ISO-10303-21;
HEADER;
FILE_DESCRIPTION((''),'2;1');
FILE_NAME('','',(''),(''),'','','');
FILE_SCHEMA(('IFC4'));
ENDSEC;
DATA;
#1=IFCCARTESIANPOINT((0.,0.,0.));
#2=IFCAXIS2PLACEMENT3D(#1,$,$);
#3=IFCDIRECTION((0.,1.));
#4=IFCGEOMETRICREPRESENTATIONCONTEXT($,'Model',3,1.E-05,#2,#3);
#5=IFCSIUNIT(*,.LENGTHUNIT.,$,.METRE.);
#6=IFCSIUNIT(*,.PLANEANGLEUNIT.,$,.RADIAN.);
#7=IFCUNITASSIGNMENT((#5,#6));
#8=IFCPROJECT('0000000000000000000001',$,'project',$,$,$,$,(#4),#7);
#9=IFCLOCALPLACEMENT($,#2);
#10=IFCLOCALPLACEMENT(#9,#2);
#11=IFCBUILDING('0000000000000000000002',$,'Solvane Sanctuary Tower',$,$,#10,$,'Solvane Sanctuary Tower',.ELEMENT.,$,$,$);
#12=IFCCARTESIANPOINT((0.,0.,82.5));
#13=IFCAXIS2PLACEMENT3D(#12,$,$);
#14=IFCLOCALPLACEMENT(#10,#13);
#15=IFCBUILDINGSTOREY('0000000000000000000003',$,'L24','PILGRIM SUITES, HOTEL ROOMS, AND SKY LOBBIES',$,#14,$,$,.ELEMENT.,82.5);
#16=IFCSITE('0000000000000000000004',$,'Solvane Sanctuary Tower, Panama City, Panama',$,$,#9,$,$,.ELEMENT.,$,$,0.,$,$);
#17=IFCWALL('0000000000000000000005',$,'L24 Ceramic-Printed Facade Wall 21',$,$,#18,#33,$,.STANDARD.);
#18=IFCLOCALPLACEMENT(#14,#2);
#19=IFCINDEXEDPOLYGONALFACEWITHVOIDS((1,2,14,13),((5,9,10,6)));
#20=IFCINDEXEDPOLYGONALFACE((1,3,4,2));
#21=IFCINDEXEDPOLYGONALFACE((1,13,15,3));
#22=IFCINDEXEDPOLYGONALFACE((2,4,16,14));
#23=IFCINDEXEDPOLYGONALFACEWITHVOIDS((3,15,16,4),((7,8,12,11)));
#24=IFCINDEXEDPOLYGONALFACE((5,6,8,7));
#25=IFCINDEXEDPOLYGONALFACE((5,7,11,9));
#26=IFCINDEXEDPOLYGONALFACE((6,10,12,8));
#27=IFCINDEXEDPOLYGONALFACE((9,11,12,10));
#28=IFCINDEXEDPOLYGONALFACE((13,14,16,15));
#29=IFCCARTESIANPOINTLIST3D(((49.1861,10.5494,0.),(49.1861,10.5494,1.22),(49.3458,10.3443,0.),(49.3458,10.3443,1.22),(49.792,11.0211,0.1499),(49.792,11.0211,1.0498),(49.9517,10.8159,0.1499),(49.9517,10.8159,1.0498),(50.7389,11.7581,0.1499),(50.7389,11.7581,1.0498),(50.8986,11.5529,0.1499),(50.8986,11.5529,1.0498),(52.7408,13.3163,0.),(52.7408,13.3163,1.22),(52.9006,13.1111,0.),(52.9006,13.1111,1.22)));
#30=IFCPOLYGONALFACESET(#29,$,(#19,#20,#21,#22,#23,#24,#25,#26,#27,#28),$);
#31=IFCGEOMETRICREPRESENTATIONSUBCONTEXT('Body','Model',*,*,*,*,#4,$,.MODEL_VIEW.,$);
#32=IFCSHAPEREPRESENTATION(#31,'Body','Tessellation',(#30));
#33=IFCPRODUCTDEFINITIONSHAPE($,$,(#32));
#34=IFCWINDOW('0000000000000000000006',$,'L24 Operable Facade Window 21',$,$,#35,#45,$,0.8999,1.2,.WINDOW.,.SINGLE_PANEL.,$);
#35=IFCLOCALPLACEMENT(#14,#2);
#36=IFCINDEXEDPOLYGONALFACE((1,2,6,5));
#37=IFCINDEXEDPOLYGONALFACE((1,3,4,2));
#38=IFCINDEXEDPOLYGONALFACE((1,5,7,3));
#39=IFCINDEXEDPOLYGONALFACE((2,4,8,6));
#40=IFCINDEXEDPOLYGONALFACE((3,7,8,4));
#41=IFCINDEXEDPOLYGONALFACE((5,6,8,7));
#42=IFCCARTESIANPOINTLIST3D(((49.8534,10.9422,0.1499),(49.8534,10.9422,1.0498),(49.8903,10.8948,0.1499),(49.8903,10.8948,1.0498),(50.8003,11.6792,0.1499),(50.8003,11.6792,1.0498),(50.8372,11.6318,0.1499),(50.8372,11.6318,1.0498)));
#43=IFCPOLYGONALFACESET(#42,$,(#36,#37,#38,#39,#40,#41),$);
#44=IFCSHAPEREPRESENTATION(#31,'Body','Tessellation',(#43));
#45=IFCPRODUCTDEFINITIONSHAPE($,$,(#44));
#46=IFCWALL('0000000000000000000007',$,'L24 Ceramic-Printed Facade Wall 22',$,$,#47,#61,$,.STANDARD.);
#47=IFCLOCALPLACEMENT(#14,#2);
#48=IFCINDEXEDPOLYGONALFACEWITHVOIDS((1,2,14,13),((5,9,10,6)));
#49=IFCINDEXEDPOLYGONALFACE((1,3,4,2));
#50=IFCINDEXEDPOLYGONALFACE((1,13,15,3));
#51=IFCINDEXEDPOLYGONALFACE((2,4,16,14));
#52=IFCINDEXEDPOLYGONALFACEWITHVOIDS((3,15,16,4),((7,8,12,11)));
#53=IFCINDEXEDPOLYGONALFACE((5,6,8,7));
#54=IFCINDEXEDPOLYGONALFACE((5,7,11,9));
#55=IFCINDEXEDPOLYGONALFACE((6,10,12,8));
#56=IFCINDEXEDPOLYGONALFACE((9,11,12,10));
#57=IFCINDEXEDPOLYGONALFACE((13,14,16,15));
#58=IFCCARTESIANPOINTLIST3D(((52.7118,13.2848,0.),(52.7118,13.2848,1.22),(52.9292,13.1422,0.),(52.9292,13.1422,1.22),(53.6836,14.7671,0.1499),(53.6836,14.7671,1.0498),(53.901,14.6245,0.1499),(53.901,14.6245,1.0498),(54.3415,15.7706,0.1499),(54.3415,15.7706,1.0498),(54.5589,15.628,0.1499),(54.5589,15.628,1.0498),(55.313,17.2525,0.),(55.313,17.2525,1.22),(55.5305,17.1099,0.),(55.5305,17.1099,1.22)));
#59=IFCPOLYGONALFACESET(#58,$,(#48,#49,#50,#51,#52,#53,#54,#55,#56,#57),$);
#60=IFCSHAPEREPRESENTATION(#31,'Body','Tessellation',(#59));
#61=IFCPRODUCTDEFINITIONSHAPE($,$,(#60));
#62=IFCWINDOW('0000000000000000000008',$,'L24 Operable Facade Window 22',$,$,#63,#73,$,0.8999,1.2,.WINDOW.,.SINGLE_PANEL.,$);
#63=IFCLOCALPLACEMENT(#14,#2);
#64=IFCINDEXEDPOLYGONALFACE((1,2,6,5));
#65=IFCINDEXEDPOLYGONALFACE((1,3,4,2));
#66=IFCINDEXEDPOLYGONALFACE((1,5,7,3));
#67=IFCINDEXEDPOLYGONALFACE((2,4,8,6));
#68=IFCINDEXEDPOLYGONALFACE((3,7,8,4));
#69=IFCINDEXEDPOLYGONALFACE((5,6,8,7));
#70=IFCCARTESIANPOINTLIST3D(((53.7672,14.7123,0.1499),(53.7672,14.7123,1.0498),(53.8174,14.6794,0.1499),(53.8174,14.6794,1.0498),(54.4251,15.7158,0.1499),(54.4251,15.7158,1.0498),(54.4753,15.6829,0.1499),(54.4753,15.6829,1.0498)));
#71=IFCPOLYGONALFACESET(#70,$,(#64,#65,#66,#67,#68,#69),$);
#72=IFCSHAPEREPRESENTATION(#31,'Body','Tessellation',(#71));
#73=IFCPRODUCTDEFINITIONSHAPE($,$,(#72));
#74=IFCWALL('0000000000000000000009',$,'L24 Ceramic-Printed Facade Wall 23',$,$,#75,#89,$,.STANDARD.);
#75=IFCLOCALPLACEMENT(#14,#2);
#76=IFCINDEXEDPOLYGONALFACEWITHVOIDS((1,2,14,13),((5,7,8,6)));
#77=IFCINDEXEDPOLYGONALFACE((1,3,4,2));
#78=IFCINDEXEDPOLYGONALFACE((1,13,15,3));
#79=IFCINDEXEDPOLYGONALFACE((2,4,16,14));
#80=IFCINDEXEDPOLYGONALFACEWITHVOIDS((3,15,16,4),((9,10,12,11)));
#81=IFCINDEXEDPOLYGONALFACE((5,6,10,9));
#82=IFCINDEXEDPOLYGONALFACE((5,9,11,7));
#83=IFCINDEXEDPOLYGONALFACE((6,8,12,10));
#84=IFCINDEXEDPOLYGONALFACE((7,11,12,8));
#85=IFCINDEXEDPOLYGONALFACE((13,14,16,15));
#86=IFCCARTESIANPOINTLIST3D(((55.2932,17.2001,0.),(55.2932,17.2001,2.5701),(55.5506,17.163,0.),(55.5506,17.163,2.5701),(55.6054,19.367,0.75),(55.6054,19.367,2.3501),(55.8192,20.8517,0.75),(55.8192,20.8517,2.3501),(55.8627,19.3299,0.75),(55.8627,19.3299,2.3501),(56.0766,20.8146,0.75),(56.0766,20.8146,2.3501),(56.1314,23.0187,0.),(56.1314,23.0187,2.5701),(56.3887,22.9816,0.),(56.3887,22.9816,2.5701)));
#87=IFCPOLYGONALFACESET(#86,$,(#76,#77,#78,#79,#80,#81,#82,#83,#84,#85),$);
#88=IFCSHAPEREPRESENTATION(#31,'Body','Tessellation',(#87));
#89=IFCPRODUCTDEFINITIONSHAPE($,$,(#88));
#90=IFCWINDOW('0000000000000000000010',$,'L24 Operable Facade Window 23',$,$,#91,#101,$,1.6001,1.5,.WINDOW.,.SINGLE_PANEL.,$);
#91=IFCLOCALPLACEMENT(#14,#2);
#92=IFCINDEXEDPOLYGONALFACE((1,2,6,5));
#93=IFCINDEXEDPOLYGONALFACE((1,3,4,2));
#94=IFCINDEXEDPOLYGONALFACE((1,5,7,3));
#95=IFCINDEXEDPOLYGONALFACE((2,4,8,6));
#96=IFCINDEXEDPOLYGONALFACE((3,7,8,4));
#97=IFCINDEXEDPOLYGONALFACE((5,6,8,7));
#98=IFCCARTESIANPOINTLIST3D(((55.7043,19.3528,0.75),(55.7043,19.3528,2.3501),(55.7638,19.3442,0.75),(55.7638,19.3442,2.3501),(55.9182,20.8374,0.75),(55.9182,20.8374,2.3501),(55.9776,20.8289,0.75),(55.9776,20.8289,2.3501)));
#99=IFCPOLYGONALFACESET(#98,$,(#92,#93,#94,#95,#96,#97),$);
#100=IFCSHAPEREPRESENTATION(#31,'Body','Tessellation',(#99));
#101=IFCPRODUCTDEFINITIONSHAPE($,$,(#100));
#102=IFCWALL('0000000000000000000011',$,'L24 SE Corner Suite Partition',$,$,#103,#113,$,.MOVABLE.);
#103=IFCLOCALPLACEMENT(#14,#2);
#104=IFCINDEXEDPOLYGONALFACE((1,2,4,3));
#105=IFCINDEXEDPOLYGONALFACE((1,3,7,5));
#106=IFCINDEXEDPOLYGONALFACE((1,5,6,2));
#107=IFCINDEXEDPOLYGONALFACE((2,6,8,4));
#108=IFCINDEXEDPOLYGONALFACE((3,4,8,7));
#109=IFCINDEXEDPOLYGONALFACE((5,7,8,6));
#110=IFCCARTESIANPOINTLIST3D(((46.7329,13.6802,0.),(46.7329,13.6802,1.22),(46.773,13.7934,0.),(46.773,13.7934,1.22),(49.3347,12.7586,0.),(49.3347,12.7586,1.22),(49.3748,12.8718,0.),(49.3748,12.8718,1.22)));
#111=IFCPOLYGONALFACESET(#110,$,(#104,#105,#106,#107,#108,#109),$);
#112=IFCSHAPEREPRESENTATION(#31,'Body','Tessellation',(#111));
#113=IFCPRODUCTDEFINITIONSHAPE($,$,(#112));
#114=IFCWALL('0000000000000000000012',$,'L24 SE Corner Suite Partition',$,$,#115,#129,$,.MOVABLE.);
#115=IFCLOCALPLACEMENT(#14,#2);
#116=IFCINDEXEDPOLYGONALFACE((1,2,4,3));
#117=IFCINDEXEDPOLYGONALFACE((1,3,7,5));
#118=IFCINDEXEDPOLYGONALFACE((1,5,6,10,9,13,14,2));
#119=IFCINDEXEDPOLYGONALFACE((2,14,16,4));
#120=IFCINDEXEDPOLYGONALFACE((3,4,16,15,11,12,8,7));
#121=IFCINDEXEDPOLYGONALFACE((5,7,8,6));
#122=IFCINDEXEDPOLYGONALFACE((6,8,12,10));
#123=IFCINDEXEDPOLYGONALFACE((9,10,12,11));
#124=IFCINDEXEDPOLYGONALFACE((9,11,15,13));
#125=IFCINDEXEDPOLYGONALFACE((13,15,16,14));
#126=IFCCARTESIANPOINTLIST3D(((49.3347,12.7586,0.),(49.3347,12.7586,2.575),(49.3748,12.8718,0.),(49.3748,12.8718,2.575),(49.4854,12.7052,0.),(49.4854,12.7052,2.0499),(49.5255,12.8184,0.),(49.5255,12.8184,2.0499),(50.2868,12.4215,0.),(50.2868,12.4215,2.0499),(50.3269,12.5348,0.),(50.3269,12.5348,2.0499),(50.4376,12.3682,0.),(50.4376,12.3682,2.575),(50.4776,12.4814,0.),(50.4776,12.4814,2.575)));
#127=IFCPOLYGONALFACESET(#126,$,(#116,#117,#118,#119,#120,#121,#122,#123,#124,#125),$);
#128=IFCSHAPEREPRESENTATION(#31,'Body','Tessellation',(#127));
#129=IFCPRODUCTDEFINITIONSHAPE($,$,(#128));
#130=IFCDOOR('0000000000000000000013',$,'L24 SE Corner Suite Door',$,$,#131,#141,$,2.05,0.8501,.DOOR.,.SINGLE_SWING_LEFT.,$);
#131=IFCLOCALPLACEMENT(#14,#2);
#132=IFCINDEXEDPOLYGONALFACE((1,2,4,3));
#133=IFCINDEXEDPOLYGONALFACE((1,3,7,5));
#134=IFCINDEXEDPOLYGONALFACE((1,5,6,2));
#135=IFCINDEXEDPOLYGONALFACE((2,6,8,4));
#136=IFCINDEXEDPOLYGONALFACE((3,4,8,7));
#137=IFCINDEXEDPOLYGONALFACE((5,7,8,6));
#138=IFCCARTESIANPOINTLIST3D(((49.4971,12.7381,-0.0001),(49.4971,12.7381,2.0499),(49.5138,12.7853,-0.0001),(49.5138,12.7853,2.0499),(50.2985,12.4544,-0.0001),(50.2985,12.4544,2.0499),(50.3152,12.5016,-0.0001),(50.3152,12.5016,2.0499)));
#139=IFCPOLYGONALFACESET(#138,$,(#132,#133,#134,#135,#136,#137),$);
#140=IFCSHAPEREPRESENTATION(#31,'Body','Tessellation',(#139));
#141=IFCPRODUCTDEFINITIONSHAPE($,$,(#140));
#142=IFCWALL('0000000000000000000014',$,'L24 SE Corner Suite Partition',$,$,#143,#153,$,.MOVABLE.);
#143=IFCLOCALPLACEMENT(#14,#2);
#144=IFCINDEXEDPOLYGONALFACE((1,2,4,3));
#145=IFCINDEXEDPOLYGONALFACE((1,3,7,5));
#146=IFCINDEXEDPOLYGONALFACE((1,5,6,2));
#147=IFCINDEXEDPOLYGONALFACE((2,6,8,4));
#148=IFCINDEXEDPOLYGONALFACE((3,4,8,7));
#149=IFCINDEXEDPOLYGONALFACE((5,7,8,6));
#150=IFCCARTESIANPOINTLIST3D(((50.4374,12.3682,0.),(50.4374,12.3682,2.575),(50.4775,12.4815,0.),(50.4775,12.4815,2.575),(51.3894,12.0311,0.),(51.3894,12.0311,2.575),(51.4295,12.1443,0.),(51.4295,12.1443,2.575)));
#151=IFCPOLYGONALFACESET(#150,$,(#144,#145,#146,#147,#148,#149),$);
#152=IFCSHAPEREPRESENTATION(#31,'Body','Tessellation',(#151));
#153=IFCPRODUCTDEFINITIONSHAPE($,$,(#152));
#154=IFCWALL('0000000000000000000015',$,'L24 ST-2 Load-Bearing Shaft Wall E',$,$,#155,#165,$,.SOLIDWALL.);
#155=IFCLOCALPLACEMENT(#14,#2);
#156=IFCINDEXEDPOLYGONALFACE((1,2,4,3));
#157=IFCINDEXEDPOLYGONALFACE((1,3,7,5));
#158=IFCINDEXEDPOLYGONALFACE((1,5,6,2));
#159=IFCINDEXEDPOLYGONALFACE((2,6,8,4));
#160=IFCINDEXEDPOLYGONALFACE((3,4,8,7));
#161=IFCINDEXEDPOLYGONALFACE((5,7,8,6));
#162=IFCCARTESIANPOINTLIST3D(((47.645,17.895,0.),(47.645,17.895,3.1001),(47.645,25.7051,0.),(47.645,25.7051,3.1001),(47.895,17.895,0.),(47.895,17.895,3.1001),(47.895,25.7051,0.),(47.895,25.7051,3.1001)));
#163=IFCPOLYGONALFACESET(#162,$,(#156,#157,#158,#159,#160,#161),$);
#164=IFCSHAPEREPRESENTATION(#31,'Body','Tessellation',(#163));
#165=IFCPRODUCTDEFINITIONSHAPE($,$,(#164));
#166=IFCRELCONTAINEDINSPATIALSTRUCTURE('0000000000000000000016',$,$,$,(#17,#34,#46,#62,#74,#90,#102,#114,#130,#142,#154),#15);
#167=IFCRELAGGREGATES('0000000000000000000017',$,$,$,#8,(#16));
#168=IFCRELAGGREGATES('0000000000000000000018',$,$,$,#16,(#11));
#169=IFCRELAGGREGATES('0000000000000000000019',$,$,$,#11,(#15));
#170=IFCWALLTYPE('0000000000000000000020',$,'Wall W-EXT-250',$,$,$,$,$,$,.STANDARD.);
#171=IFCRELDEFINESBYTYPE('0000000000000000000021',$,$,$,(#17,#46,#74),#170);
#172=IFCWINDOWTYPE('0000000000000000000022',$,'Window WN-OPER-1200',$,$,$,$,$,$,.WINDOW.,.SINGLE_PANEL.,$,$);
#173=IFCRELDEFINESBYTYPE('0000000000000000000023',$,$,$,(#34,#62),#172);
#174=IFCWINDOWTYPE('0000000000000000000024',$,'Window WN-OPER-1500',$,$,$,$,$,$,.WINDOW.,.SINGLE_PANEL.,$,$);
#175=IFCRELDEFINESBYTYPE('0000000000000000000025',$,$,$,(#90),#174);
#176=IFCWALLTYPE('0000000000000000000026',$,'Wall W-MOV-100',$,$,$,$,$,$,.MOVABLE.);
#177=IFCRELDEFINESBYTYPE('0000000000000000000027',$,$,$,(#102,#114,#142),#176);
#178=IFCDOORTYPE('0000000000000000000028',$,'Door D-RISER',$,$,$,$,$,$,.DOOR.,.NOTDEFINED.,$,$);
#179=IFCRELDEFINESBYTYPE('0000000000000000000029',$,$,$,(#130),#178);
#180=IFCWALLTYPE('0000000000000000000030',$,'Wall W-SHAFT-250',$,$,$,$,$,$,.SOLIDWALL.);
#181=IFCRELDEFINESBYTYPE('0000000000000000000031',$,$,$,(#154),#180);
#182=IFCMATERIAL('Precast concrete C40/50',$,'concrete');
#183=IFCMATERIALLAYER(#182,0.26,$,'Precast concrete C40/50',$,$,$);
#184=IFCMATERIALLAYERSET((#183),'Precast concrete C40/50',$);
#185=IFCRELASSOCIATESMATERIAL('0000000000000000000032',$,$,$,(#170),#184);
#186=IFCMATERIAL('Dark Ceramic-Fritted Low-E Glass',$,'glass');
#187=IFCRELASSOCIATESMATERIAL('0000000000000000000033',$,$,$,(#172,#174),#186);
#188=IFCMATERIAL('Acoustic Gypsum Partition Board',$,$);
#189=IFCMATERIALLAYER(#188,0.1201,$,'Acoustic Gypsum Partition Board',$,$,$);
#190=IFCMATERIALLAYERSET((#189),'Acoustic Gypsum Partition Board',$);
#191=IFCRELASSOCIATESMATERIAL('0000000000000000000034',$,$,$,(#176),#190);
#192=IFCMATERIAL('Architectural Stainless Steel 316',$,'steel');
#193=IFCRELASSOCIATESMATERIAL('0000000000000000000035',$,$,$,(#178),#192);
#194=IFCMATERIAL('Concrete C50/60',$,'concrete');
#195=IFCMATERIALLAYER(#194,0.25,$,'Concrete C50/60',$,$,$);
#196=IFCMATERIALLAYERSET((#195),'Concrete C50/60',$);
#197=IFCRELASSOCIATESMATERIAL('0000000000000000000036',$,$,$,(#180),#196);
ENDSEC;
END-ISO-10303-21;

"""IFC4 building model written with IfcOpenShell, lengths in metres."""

from ifc_helpers import new_model, si_unit, direction, frame, frame_2d, origin, place, context, subcontext, project, spatial, rectangle, extrude, material, layer, layer_set, type_object, element, fill, save


model = new_model("IFC4")

# Units and contexts
model_context = context("Model", 3, precision=1e-05, world=origin(), true_north=direction((0.0, 1.0)))
body_context = subcontext(model_context, "Body", "Model", "MODEL_VIEW")
ifc_project = project(units=[si_unit("LENGTHUNIT", "METRE"), si_unit("PLANEANGLEUNIT", "RADIAN")], contexts=[model_context])

# Site, building, storey
site_placement = place(None, origin())
site = spatial("IfcSite", under=ifc_project, at=site_placement, Name="Solvane Sanctuary Tower, Panama City, Panama", CompositionType="ELEMENT", RefElevation=0.0)
building_placement = place(site_placement, origin())
building = spatial("IfcBuilding", under=site, at=building_placement, Name="Solvane Sanctuary Tower", LongName="Solvane Sanctuary Tower", CompositionType="ELEMENT")
storey_placement = place(building_placement, frame((0.0, 0.0, 82.5)))
storey = spatial("IfcBuildingStorey", under=building, at=storey_placement, Name="L24", Description="PILGRIM SUITES, HOTEL ROOMS, AND SKY LOBBIES", CompositionType="ELEMENT", Elevation=82.5)

# Shared definitions
ifc_material_1 = material(Name="Acoustic Gypsum Partition Board")

# Shared definitions
ifc_material_2 = material(Name="Precast concrete C40/50", Category="concrete")
ifc_layer_1 = layer(ifc_material_2, 0.26, Name="Precast concrete C40/50")
ifc_layer_set_1 = layer_set([ifc_layer_1], Name="Precast concrete C40/50")
wall_type_1 = type_object("IfcWallType", Name="Wall W-EXT-250", PredefinedType="STANDARD", material=ifc_layer_set_1)

# Walls, openings, windows
wall_1_placement = place(storey_placement, frame((49.2659, 10.4468, 0.0), z_axis=(0.0, 0.0, 1.0), x_axis=(0.789127, 0.614229, 0.0)))
wall_1 = element("IfcWall", 1, at=wall_1_placement, inside=storey, type_object=wall_type_1, Name="L24 Ceramic-Printed Facade Wall 21", PredefinedType="STANDARD", context=body_context, shape_type="SweptSolid", body=[
    extrude(rectangle(XDim=4.5046, YDim=0.26, at=frame_2d((2.2524, 0.0))), origin(), (0.0, 0.0, 1.0), 1.22),
])
opening_1_placement = place(wall_1_placement, frame((0.7678, 0.0, 0.1499)))
opening_1 = element("IfcOpeningElement", 2, at=opening_1_placement, cuts=wall_1, PredefinedType="OPENING", context=body_context, shape_type="SweptSolid", body=[
    extrude(rectangle(XDim=1.2, YDim=0.8999, at=frame_2d((0.6001, 0.45))), frame((0.0, 0.1399, 0.0), z_axis=(0.0, -1.0, 0.0), x_axis=(1.0, 0.0, 0.0)), (0.0, 0.0, 1.0), 0.28),
])
ifc_material_3 = material(Name="Dark Ceramic-Fritted Low-E Glass", Category="glass")
window_type_1 = type_object("IfcWindowType", Name="Window WN-OPER-1200", PartitioningType="SINGLE_PANEL", PredefinedType="WINDOW", material=ifc_material_3)
window_1_placement = place(opening_1_placement, origin())
window_1 = element("IfcWindow", 3, at=window_1_placement, inside=storey, type_object=window_type_1, Name="L24 Operable Facade Window 21", OverallHeight=0.8999, OverallWidth=1.2, PartitioningType="SINGLE_PANEL", PredefinedType="WINDOW", context=body_context, shape_type="SweptSolid", body=[
    extrude(rectangle(XDim=1.2, YDim=0.8999, at=frame_2d((0.6001, 0.45))), frame((0.0, 0.03, 0.0), z_axis=(0.0, -1.0, 0.0), x_axis=(1.0, 0.0, 0.0)), (0.0, 0.0, 1.0), 0.0601),
])
fill(opening_1, window_1)
wall_2_placement = place(storey_placement, frame((52.8206, 13.2136, 0.0), z_axis=(0.0, 0.0, 1.0), x_axis=(0.548283, 0.836293, 0.0)))
wall_2 = element("IfcWall", 4, at=wall_2_placement, inside=storey, type_object=wall_type_1, Name="L24 Ceramic-Printed Facade Wall 22", PredefinedType="STANDARD", context=body_context, shape_type="SweptSolid", body=[
    extrude(rectangle(XDim=4.7444, YDim=0.26, at=frame_2d((2.3721, 0.0))), origin(), (0.0, 0.0, 1.0), 1.22),
])
opening_2_placement = place(wall_2_placement, frame((1.7722, 0.0, 0.1499)))
opening_2 = element("IfcOpeningElement", 5, at=opening_2_placement, cuts=wall_2, PredefinedType="OPENING", context=body_context, shape_type="SweptSolid", body=[
    extrude(rectangle(XDim=1.2, YDim=0.8999, at=frame_2d((0.6001, 0.45))), frame((0.0, 0.1399, 0.0), z_axis=(0.0, -1.0, 0.0), x_axis=(1.0, 0.0, 0.0)), (0.0, 0.0, 1.0), 0.28),
])
window_2_placement = place(opening_2_placement, origin())
window_2 = element("IfcWindow", 6, at=window_2_placement, inside=storey, type_object=window_type_1, Name="L24 Operable Facade Window 22", OverallHeight=0.8999, OverallWidth=1.2, PartitioningType="SINGLE_PANEL", PredefinedType="WINDOW", context=body_context, shape_type="SweptSolid", body=[
    extrude(rectangle(XDim=1.2, YDim=0.8999, at=frame_2d((0.6001, 0.45))), frame((0.0, 0.03, 0.0), z_axis=(0.0, -1.0, 0.0), x_axis=(1.0, 0.0, 0.0)), (0.0, 0.0, 1.0), 0.0601),
])
fill(opening_2, window_2)
wall_3_placement = place(storey_placement, frame((55.4219, 17.1814, 0.0), z_axis=(0.0, 0.0, 1.0), x_axis=(0.142572, 0.989784, 0.0)))
wall_3 = element("IfcWall", 7, at=wall_3_placement, inside=storey, type_object=wall_type_1, Name="L24 Ceramic-Printed Facade Wall 23", PredefinedType="STANDARD", context=body_context, shape_type="SweptSolid", body=[
    extrude(rectangle(XDim=5.8787, YDim=0.26, at=frame_2d((2.9395, 0.0))), origin(), (0.0, 0.0, 1.0), 2.5701),
])
opening_3_placement = place(wall_3_placement, frame((2.1895, 0.0, 0.75)))
opening_3 = element("IfcOpeningElement", 8, at=opening_3_placement, cuts=wall_3, PredefinedType="OPENING", context=body_context, shape_type="SweptSolid", body=[
    extrude(rectangle(XDim=1.5, YDim=1.6001, at=frame_2d((0.75, 0.8))), frame((0.0, 0.1399, 0.0), z_axis=(0.0, -1.0, 0.0), x_axis=(1.0, 0.0, 0.0)), (0.0, 0.0, 1.0), 0.28),
])
window_type_2 = type_object("IfcWindowType", Name="Window WN-OPER-1500", PartitioningType="SINGLE_PANEL", PredefinedType="WINDOW", material=ifc_material_3)
window_3_placement = place(opening_3_placement, origin())
window_3 = element("IfcWindow", 9, at=window_3_placement, inside=storey, type_object=window_type_2, Name="L24 Operable Facade Window 23", OverallHeight=1.6001, OverallWidth=1.5, PartitioningType="SINGLE_PANEL", PredefinedType="WINDOW", context=body_context, shape_type="SweptSolid", body=[
    extrude(rectangle(XDim=1.5, YDim=1.6001, at=frame_2d((0.75, 0.8))), frame((0.0, 0.03, 0.0), z_axis=(0.0, -1.0, 0.0), x_axis=(1.0, 0.0, 0.0)), (0.0, 0.0, 1.0), 0.0601),
])
fill(opening_3, window_3)

# Wall
ifc_layer_2 = layer(ifc_material_1, 0.1201, Name="Acoustic Gypsum Partition Board")
ifc_layer_set_2 = layer_set([ifc_layer_2], Name="Acoustic Gypsum Partition Board")
wall_type_2 = type_object("IfcWallType", Name="Wall W-MOV-100", PredefinedType="MOVABLE", material=ifc_layer_set_2)
wall_4_placement = place(storey_placement, frame((46.7529, 13.7368, 0.0), z_axis=(0.0, 0.0, 1.0), x_axis=(0.942609, -0.333898, 0.0)))
element("IfcWall", 10, at=wall_4_placement, inside=storey, type_object=wall_type_2, Name="L24 SE Corner Suite Partition", PredefinedType="MOVABLE", context=body_context, shape_type="SweptSolid", body=[
    extrude(rectangle(XDim=2.7603, YDim=0.1201, at=frame_2d((1.3801, 0.0))), origin(), (0.0, 0.0, 1.0), 1.22),
])

# Wall, opening, door
wall_5_placement = place(storey_placement, frame((49.3547, 12.8152, 0.0), z_axis=(0.0, 0.0, 1.0), x_axis=(0.942678, -0.333704, 0.0)))
wall_5 = element("IfcWall", 11, at=wall_5_placement, inside=storey, type_object=wall_type_2, Name="L24 SE Corner Suite Partition", PredefinedType="MOVABLE", context=body_context, shape_type="SweptSolid", body=[
    extrude(rectangle(XDim=1.1699, YDim=0.1201, at=frame_2d((0.585, 0.0))), origin(), (0.0, 0.0, 1.0), 2.575),
])
opening_4_placement = place(wall_5_placement, frame((0.1599, 0.0, 0.0)))
opening_4 = element("IfcOpeningElement", 12, at=opening_4_placement, cuts=wall_5, PredefinedType="OPENING", context=body_context, shape_type="SweptSolid", body=[
    extrude(rectangle(XDim=0.8501, YDim=2.05, at=frame_2d((0.425, 1.0249))), frame((0.0, 0.0701, 0.0), z_axis=(0.0, -1.0, 0.0), x_axis=(1.0, 0.0, 0.0)), (0.0, 0.0, 1.0), 0.1401),
])
ifc_material_4 = material(Name="Architectural Stainless Steel 316", Category="steel")
door_type_1 = type_object("IfcDoorType", Name="Door D-RISER", OperationType="NOTDEFINED", PredefinedType="DOOR", material=ifc_material_4)
door_1_placement = place(opening_4_placement, origin())
door_1 = element("IfcDoor", 13, at=door_1_placement, inside=storey, type_object=door_type_1, Name="L24 SE Corner Suite Door", OperationType="SINGLE_SWING_LEFT", OverallHeight=2.05, OverallWidth=0.8501, PredefinedType="DOOR", context=body_context, shape_type="SweptSolid", body=[
    extrude(rectangle(XDim=0.8501, YDim=2.05, at=frame_2d((0.425, 1.0249))), frame((0.0, 0.0249, 0.0), z_axis=(0.0, -1.0, 0.0), x_axis=(1.0, 0.0, 0.0)), (0.0, 0.0, 1.0), 0.05),
])
fill(opening_4, door_1)

# Walls
wall_6_placement = place(storey_placement, frame((50.4575, 12.4248, 0.0), z_axis=(0.0, 0.0, 1.0), x_axis=(0.942646, -0.333793, 0.0)))
element("IfcWall", 14, at=wall_6_placement, inside=storey, type_object=wall_type_2, Name="L24 SE Corner Suite Partition", PredefinedType="MOVABLE", context=body_context, shape_type="SweptSolid", body=[
    extrude(rectangle(XDim=1.01, YDim=0.1201, at=frame_2d((0.5049, 0.0))), origin(), (0.0, 0.0, 1.0), 2.575),
])
ifc_material_5 = material(Name="Concrete C50/60", Category="concrete")
ifc_layer_3 = layer(ifc_material_5, 0.25, Name="Concrete C50/60")
ifc_layer_set_3 = layer_set([ifc_layer_3], Name="Concrete C50/60")
wall_type_3 = type_object("IfcWallType", Name="Wall W-SHAFT-250", PredefinedType="SOLIDWALL", material=ifc_layer_set_3)
wall_7_placement = place(storey_placement, frame((47.77, 17.895, 0.0), z_axis=(0.0, 0.0, 1.0), x_axis=(0.0, 1.0, 0.0)))
element("IfcWall", 15, at=wall_7_placement, inside=storey, type_object=wall_type_3, Name="L24 ST-2 Load-Bearing Shaft Wall E", PredefinedType="SOLIDWALL", context=body_context, shape_type="SweptSolid", body=[
    extrude(rectangle(XDim=7.8101, YDim=0.25, at=frame_2d((3.905, 0.0))), origin(), (0.0, 0.0, 1.0), 3.1001),
])

save(model, "model.ifc")
